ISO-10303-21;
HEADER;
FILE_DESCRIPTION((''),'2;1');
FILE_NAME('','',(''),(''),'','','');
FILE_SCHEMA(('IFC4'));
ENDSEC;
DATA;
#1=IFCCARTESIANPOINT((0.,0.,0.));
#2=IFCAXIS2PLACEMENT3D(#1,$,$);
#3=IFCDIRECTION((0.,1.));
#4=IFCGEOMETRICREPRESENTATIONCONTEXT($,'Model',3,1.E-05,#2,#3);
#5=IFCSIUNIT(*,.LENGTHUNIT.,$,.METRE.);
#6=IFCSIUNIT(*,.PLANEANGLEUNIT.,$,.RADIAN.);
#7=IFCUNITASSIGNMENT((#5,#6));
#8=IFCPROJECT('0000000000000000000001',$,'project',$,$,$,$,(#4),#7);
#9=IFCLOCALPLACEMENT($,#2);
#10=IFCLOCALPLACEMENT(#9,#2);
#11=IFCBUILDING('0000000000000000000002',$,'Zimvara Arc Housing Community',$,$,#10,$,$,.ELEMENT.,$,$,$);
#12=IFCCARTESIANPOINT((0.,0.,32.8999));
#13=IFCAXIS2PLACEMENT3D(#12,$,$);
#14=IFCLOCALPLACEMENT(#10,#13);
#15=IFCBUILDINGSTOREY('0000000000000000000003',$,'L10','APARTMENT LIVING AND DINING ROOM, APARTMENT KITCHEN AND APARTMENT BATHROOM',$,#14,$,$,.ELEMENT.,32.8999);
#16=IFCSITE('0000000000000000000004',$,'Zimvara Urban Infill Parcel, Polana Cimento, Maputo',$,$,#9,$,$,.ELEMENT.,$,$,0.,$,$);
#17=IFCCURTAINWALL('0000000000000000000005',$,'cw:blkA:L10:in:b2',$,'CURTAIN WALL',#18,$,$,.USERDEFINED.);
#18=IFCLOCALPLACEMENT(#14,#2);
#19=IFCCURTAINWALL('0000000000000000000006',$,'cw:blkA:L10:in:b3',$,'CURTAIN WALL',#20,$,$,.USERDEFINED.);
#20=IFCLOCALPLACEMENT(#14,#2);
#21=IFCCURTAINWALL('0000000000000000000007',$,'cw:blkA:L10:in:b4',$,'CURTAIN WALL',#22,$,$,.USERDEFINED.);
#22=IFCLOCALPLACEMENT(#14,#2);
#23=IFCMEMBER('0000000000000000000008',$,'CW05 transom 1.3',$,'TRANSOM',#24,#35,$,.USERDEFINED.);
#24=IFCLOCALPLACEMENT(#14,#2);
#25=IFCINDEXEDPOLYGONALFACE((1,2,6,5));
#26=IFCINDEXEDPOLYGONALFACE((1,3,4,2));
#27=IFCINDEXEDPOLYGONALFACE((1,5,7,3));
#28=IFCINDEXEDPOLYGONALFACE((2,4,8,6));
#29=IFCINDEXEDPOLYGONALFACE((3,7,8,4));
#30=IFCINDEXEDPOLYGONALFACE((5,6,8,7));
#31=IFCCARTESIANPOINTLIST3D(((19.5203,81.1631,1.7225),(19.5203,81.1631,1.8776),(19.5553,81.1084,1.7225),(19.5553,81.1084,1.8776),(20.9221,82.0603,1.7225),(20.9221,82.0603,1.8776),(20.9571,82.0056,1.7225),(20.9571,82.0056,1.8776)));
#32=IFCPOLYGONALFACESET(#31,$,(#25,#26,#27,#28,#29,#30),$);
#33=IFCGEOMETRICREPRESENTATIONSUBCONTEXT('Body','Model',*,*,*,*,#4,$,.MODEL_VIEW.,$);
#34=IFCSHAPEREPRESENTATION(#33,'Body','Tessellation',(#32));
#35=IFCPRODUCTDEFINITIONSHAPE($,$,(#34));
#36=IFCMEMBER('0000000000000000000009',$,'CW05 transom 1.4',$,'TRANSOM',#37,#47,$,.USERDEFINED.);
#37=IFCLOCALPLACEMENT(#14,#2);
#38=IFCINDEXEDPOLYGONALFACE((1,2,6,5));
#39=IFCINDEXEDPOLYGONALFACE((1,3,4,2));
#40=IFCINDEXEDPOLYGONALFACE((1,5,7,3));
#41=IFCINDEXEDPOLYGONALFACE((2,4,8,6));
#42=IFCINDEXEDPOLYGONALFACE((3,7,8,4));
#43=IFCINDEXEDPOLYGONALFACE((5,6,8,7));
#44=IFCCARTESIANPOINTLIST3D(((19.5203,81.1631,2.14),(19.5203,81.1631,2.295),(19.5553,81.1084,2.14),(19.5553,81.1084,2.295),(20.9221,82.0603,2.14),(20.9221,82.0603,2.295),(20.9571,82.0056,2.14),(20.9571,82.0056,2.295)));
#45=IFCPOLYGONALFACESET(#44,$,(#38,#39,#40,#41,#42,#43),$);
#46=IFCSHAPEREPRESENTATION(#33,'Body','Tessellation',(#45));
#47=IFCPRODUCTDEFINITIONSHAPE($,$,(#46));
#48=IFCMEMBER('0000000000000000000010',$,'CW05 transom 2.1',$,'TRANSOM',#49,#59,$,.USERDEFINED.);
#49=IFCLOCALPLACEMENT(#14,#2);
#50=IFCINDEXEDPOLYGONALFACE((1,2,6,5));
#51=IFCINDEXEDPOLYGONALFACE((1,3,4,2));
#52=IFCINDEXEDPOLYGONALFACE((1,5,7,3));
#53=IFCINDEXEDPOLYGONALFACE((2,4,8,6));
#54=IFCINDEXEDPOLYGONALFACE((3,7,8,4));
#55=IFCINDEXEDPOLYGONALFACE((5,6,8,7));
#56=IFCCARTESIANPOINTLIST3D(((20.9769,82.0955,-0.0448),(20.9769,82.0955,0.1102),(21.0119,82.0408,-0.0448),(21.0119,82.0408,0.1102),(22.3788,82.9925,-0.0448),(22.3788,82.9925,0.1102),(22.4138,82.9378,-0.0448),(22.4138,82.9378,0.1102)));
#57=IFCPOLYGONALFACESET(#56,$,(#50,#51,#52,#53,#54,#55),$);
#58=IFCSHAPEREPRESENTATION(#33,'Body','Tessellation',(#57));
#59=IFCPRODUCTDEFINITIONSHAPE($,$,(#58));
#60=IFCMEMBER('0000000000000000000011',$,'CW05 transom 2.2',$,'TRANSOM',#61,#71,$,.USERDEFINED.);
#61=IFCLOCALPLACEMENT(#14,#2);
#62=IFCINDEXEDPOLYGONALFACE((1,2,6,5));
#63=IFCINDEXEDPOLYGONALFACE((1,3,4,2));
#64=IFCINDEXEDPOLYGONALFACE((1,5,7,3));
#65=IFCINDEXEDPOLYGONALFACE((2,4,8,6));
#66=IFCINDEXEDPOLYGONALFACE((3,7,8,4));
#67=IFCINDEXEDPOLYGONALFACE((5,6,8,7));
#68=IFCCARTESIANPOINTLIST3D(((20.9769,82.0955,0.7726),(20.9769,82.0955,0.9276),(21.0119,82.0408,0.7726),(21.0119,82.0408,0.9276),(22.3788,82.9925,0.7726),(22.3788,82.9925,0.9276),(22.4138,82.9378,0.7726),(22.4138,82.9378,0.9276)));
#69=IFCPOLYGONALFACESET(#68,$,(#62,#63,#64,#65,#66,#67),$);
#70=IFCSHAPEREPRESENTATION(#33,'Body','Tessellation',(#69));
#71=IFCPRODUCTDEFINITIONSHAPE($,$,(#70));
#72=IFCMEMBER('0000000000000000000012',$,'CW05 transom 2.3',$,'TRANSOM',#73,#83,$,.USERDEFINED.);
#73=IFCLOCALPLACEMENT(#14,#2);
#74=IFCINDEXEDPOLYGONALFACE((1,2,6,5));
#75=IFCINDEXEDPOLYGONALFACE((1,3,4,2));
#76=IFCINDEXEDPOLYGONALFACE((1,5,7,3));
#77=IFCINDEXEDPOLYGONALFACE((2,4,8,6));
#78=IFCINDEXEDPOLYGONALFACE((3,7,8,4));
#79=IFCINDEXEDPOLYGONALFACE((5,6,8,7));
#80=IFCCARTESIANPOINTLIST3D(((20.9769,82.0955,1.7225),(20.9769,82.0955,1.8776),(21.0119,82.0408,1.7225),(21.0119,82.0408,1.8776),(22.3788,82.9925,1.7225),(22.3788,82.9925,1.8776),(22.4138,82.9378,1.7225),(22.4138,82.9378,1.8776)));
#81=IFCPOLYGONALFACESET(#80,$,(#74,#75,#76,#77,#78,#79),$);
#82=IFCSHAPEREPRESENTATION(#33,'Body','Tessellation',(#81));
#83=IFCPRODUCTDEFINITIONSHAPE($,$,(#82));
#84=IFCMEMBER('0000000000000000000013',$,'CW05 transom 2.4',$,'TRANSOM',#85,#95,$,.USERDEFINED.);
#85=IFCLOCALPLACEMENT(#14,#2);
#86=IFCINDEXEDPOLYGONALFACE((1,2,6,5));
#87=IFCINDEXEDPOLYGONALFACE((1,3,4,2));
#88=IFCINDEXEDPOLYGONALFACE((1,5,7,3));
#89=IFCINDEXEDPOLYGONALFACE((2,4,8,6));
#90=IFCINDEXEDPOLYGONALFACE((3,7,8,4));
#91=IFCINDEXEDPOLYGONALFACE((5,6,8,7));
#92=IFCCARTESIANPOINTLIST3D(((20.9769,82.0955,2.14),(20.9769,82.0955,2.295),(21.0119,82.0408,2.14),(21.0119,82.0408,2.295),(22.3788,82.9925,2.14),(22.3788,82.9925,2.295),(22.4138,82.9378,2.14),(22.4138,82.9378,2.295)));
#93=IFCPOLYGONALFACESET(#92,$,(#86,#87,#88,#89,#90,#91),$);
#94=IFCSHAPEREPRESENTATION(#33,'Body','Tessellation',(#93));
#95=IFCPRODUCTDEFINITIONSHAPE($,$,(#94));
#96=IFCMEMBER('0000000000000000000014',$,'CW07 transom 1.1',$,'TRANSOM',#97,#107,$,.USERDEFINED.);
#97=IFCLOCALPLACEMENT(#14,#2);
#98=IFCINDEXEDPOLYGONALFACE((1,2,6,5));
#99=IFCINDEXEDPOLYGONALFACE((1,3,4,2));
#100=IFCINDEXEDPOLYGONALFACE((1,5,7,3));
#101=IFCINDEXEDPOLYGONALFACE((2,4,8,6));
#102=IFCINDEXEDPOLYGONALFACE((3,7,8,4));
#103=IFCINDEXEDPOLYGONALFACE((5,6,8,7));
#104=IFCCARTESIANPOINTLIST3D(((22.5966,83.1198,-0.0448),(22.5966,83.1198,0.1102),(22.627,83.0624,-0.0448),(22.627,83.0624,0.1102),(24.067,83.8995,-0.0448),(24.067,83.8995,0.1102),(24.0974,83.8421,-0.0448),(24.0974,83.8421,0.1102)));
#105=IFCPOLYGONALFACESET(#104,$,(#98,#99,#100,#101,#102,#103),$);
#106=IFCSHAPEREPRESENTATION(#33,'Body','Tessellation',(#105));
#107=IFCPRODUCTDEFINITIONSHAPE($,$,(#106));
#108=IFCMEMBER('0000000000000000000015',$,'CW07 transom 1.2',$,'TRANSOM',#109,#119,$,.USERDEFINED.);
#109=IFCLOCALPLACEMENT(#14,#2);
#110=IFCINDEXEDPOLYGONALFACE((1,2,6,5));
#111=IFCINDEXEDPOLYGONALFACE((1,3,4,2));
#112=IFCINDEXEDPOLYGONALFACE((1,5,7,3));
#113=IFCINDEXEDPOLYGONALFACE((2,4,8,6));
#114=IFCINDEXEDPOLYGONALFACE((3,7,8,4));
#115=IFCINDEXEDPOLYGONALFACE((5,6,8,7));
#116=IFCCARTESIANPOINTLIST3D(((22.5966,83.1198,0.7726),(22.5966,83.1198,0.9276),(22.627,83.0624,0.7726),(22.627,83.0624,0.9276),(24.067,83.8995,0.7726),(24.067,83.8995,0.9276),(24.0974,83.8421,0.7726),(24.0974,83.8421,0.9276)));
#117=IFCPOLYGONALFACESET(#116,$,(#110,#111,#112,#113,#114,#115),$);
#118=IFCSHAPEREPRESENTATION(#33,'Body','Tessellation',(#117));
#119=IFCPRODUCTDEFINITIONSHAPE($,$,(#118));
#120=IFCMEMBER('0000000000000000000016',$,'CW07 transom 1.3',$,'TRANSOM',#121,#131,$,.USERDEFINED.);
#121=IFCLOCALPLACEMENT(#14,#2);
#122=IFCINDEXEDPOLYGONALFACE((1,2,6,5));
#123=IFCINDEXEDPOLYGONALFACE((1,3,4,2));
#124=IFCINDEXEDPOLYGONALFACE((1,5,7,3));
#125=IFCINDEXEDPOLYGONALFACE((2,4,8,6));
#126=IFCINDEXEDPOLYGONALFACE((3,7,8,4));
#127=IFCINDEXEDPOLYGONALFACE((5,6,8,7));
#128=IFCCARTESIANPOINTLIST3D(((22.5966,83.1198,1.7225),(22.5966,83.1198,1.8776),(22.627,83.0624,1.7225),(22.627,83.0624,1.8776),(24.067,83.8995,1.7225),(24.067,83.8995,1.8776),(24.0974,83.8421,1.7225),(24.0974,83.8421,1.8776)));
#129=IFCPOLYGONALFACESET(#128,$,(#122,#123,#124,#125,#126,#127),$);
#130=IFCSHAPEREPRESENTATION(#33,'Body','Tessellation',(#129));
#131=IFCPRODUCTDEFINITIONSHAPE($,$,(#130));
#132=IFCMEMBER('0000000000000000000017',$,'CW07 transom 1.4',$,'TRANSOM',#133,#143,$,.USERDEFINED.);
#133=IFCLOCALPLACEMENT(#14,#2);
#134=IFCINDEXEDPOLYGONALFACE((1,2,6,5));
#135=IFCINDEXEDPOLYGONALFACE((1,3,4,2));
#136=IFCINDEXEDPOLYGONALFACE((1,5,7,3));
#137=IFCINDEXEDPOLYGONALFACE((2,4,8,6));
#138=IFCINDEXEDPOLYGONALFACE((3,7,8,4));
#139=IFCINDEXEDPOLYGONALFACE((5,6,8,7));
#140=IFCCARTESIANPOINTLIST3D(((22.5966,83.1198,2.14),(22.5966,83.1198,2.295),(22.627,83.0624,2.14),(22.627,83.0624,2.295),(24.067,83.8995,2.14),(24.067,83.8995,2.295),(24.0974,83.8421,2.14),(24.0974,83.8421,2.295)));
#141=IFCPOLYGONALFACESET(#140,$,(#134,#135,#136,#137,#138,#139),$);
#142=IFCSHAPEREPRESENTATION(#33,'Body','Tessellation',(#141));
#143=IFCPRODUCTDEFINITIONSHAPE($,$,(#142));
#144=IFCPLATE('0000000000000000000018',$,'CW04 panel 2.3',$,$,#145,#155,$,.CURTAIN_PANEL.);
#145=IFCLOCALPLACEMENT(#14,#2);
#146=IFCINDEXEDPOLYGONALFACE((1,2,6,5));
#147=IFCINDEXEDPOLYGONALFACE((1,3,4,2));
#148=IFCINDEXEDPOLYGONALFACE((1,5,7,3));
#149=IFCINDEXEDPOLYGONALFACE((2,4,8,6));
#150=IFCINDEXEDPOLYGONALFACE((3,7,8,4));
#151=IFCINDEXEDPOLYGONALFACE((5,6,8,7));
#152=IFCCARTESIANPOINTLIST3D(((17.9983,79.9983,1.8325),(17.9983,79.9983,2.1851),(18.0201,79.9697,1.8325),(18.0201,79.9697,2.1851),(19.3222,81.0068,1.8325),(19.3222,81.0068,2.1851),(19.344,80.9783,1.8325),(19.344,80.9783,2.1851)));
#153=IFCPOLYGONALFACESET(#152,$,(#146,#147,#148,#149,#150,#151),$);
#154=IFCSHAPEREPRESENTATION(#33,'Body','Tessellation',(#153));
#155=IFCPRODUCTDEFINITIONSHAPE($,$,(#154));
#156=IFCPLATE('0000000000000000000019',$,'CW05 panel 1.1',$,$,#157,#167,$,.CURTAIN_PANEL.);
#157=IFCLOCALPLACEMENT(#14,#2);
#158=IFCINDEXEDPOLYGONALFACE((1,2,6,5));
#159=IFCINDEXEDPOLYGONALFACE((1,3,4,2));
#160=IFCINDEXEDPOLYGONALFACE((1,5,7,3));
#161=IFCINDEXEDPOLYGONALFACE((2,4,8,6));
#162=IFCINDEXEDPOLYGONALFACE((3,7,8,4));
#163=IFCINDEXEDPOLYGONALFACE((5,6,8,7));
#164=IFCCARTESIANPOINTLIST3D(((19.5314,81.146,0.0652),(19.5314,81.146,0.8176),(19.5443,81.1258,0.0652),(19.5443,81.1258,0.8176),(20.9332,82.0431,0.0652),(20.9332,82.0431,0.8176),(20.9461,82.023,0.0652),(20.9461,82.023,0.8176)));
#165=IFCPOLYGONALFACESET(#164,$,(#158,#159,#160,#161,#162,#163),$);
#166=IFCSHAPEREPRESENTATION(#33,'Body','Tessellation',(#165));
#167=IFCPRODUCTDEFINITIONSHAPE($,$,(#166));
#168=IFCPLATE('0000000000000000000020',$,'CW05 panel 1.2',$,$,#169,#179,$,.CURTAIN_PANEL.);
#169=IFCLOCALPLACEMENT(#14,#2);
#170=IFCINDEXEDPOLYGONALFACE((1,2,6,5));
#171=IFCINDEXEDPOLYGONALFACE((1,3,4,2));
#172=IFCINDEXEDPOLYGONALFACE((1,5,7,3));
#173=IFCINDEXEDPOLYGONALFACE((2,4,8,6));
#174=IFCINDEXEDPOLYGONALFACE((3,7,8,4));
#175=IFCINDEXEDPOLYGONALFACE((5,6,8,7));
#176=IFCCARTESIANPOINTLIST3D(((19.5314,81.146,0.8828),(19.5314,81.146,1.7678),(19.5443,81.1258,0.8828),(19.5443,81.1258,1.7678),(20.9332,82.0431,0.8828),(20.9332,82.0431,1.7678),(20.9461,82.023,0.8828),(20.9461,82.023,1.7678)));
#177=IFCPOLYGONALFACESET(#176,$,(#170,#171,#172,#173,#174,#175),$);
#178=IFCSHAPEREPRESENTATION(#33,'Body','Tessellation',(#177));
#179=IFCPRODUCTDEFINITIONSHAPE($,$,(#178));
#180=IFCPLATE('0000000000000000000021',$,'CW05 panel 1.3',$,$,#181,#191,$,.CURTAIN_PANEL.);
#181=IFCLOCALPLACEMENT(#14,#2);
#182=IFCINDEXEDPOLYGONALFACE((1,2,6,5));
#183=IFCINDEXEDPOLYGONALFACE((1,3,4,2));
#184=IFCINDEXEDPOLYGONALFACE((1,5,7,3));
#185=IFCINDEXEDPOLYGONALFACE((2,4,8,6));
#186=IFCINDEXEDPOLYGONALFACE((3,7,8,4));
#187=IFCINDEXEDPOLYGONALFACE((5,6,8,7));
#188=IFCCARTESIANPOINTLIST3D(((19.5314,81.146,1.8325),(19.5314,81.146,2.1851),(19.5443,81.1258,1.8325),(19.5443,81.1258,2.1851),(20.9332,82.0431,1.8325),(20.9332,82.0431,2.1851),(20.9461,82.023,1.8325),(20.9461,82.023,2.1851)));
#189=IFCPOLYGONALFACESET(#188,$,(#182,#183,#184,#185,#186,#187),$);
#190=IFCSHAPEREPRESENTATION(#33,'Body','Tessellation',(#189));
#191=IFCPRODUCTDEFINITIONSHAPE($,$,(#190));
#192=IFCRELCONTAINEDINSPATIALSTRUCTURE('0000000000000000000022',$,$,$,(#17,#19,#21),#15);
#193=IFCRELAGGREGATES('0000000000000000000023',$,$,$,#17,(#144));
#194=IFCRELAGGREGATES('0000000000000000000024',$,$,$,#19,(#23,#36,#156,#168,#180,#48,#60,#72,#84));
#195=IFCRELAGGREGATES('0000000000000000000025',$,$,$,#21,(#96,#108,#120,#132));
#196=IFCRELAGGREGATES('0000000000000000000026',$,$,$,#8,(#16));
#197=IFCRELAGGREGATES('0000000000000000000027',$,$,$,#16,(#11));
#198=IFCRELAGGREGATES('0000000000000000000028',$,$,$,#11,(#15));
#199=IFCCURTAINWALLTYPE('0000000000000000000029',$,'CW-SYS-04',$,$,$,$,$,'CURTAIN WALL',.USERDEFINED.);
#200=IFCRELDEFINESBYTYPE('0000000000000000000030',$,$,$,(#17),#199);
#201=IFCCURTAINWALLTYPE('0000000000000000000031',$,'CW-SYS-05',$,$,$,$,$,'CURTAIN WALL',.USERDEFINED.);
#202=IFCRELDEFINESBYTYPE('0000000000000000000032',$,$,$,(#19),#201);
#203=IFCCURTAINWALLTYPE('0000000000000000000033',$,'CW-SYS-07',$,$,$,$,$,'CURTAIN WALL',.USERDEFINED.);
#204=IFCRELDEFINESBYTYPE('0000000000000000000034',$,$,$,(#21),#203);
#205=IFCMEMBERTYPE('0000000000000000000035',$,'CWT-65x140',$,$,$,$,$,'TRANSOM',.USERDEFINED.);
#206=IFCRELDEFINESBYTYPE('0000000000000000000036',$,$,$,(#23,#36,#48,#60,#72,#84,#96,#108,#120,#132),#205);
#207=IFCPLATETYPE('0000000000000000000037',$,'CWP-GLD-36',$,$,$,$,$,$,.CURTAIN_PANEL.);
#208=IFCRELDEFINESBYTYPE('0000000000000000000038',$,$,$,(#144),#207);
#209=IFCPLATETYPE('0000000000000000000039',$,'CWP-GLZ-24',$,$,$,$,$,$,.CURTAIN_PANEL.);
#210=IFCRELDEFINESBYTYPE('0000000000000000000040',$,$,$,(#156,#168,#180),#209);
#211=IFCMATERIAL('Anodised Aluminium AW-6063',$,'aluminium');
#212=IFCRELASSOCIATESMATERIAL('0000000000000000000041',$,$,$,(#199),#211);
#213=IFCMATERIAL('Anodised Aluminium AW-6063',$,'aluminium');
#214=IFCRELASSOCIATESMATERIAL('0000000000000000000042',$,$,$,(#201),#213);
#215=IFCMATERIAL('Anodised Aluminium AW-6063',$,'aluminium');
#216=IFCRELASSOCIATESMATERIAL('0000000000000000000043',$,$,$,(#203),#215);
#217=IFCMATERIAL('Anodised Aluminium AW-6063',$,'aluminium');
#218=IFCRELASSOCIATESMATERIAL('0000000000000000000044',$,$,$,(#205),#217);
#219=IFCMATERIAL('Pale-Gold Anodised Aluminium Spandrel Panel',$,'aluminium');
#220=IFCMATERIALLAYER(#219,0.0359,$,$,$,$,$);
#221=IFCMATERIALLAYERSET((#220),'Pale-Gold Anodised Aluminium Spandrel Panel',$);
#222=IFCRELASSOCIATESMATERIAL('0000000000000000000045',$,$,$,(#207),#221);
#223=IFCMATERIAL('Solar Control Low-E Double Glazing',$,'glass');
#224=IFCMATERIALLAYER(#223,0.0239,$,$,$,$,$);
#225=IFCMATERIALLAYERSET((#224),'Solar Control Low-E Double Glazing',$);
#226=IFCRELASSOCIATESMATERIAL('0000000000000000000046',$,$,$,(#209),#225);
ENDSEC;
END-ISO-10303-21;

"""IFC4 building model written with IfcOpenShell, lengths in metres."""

from ifc_helpers import new_model, si_unit, direction, frame, origin, origin_2d, place, context, subcontext, project, spatial, rectangle, extrude, material, layer, layer_set, material_profile, profile_set, type_object, element, aggregate, save


model = new_model("IFC4")

# Units and contexts
model_context = context("Model", 3, precision=1e-05, world=origin(), true_north=direction((0.0, 1.0)))
body_context = subcontext(model_context, "Body", "Model", "MODEL_VIEW")
ifc_project = project(units=[si_unit("LENGTHUNIT", "METRE"), si_unit("PLANEANGLEUNIT", "RADIAN")], contexts=[model_context])

# Site, building, storey
site_placement = place(None, origin())
site = spatial("IfcSite", under=ifc_project, at=site_placement, Name="Zimvara Urban Infill Parcel, Polana Cimento, Maputo", CompositionType="ELEMENT", RefElevation=0.0)
building_placement = place(site_placement, origin())
building = spatial("IfcBuilding", under=site, at=building_placement, Name="Zimvara Arc Housing Community", CompositionType="ELEMENT")
storey_placement = place(building_placement, frame((0.0, 0.0, 32.8999)))
storey = spatial("IfcBuildingStorey", under=building, at=storey_placement, Name="L10", Description="APARTMENT LIVING AND DINING ROOM, APARTMENT KITCHEN AND APARTMENT BATHROOM", CompositionType="ELEMENT", Elevation=32.8999)

# Curtain wall
ifc_material_1 = material(Name="Anodised Aluminium AW-6063", Category="aluminium")
curtain_wall_type_1 = type_object("IfcCurtainWallType", Name="CW-SYS-04", ElementType="CURTAIN WALL", PredefinedType="USERDEFINED", material=ifc_material_1)
curtain_wall_1_placement = place(storey_placement, origin())
curtain_wall_1 = element("IfcCurtainWall", 1, at=curtain_wall_1_placement, inside=storey, type_object=curtain_wall_type_1, Name="cw:blkA:L10:in:b2", ObjectType="CURTAIN WALL", PredefinedType="USERDEFINED")

# Curtain wall
ifc_material_2 = material(Name="Anodised Aluminium AW-6063", Category="aluminium")
curtain_wall_type_2 = type_object("IfcCurtainWallType", Name="CW-SYS-05", ElementType="CURTAIN WALL", PredefinedType="USERDEFINED", material=ifc_material_2)
curtain_wall_2_placement = place(storey_placement, origin())
curtain_wall_2 = element("IfcCurtainWall", 2, at=curtain_wall_2_placement, inside=storey, type_object=curtain_wall_type_2, Name="cw:blkA:L10:in:b3", ObjectType="CURTAIN WALL", PredefinedType="USERDEFINED")

# Curtain wall
ifc_material_3 = material(Name="Anodised Aluminium AW-6063", Category="aluminium")
curtain_wall_type_3 = type_object("IfcCurtainWallType", Name="CW-SYS-07", ElementType="CURTAIN WALL", PredefinedType="USERDEFINED", material=ifc_material_3)
curtain_wall_3_placement = place(storey_placement, origin())
curtain_wall_3 = element("IfcCurtainWall", 3, at=curtain_wall_3_placement, inside=storey, type_object=curtain_wall_type_3, Name="cw:blkA:L10:in:b4", ObjectType="CURTAIN WALL", PredefinedType="USERDEFINED")

# Members
ifc_material_4 = material(Name="Anodised Aluminium AW-6063", Category="aluminium")
ifc_material_profile_1 = material_profile(ifc_material_4, rectangle(XDim=0.0649, YDim=0.155, at=origin_2d()), Name="ALU 65x155")
ifc_profile_set_1 = profile_set([ifc_material_profile_1], Name="Anodised Aluminium AW-6063")
member_type_1 = type_object("IfcMemberType", Name="CWT-65x140", ElementType="TRANSOM", PredefinedType="USERDEFINED", material=ifc_profile_set_1)
member_1_placement = place(storey_placement, frame((19.5378, 81.1357, 1.8), z_axis=(0.842263, 0.539066, 0.0), x_axis=(-0.539066, 0.842263, 0.0)))
member_1 = element("IfcMember", 4, at=member_1_placement, type_object=member_type_1, Name="CW05 transom 1.3", ObjectType="TRANSOM", PredefinedType="USERDEFINED", context=body_context, shape_type="SweptSolid", body=[
    extrude(rectangle(XDim=0.0649, YDim=0.155, at=origin_2d()), origin(), (0.0, 0.0, 1.0), 1.6643),
])
member_2_placement = place(storey_placement, frame((19.5378, 81.1357, 2.2175), z_axis=(0.842263, 0.539066, 0.0), x_axis=(-0.539066, 0.842263, 0.0)))
member_2 = element("IfcMember", 5, at=member_2_placement, type_object=member_type_1, Name="CW05 transom 1.4", ObjectType="TRANSOM", PredefinedType="USERDEFINED", context=body_context, shape_type="SweptSolid", body=[
    extrude(rectangle(XDim=0.0649, YDim=0.155, at=origin_2d()), origin(), (0.0, 0.0, 1.0), 1.6643),
])
member_3_placement = place(storey_placement, frame((20.9944, 82.0681, 0.0327), z_axis=(0.84233, 0.538962, 0.0), x_axis=(-0.538962, 0.84233, 0.0)))
member_3 = element("IfcMember", 6, at=member_3_placement, type_object=member_type_1, Name="CW05 transom 2.1", ObjectType="TRANSOM", PredefinedType="USERDEFINED", context=body_context, shape_type="SweptSolid", body=[
    extrude(rectangle(XDim=0.0649, YDim=0.155, at=origin_2d()), origin(), (0.0, 0.0, 1.0), 1.6643),
])
member_4_placement = place(storey_placement, frame((20.9944, 82.0681, 0.8501), z_axis=(0.84233, 0.538962, 0.0), x_axis=(-0.538962, 0.84233, 0.0)))
member_4 = element("IfcMember", 7, at=member_4_placement, type_object=member_type_1, Name="CW05 transom 2.2", ObjectType="TRANSOM", PredefinedType="USERDEFINED", context=body_context, shape_type="SweptSolid", body=[
    extrude(rectangle(XDim=0.0649, YDim=0.155, at=origin_2d()), origin(), (0.0, 0.0, 1.0), 1.6643),
])
member_5_placement = place(storey_placement, frame((20.9944, 82.0681, 1.8), z_axis=(0.84233, 0.538962, 0.0), x_axis=(-0.538962, 0.84233, 0.0)))
member_5 = element("IfcMember", 8, at=member_5_placement, type_object=member_type_1, Name="CW05 transom 2.3", ObjectType="TRANSOM", PredefinedType="USERDEFINED", context=body_context, shape_type="SweptSolid", body=[
    extrude(rectangle(XDim=0.0649, YDim=0.155, at=origin_2d()), origin(), (0.0, 0.0, 1.0), 1.6643),
])
member_6_placement = place(storey_placement, frame((20.9944, 82.0681, 2.2175), z_axis=(0.84233, 0.538962, 0.0), x_axis=(-0.538962, 0.84233, 0.0)))
member_6 = element("IfcMember", 9, at=member_6_placement, type_object=member_type_1, Name="CW05 transom 2.4", ObjectType="TRANSOM", PredefinedType="USERDEFINED", context=body_context, shape_type="SweptSolid", body=[
    extrude(rectangle(XDim=0.0649, YDim=0.155, at=origin_2d()), origin(), (0.0, 0.0, 1.0), 1.6643),
])
member_7_placement = place(storey_placement, frame((22.6118, 83.0911, 0.0327), z_axis=(0.883463, 0.468501, 0.0), x_axis=(-0.468501, 0.883463, 0.0)))
member_7 = element("IfcMember", 10, at=member_7_placement, type_object=member_type_1, Name="CW07 transom 1.1", ObjectType="TRANSOM", PredefinedType="USERDEFINED", context=body_context, shape_type="SweptSolid", body=[
    extrude(rectangle(XDim=0.0649, YDim=0.155, at=origin_2d()), origin(), (0.0, 0.0, 1.0), 1.6643),
])
member_8_placement = place(storey_placement, frame((22.6118, 83.0911, 0.8501), z_axis=(0.883463, 0.468501, 0.0), x_axis=(-0.468501, 0.883463, 0.0)))
member_8 = element("IfcMember", 11, at=member_8_placement, type_object=member_type_1, Name="CW07 transom 1.2", ObjectType="TRANSOM", PredefinedType="USERDEFINED", context=body_context, shape_type="SweptSolid", body=[
    extrude(rectangle(XDim=0.0649, YDim=0.155, at=origin_2d()), origin(), (0.0, 0.0, 1.0), 1.6643),
])
member_9_placement = place(storey_placement, frame((22.6118, 83.0911, 1.8), z_axis=(0.883463, 0.468501, 0.0), x_axis=(-0.468501, 0.883463, 0.0)))
member_9 = element("IfcMember", 12, at=member_9_placement, type_object=member_type_1, Name="CW07 transom 1.3", ObjectType="TRANSOM", PredefinedType="USERDEFINED", context=body_context, shape_type="SweptSolid", body=[
    extrude(rectangle(XDim=0.0649, YDim=0.155, at=origin_2d()), origin(), (0.0, 0.0, 1.0), 1.6643),
])
member_10_placement = place(storey_placement, frame((22.6118, 83.0911, 2.2175), z_axis=(0.883463, 0.468501, 0.0), x_axis=(-0.468501, 0.883463, 0.0)))
member_10 = element("IfcMember", 13, at=member_10_placement, type_object=member_type_1, Name="CW07 transom 1.4", ObjectType="TRANSOM", PredefinedType="USERDEFINED", context=body_context, shape_type="SweptSolid", body=[
    extrude(rectangle(XDim=0.0649, YDim=0.155, at=origin_2d()), origin(), (0.0, 0.0, 1.0), 1.6643),
])

# Plates
ifc_material_5 = material(Name="Pale-Gold Anodised Aluminium Spandrel Panel", Category="aluminium")
ifc_layer_1 = layer(ifc_material_5, 0.0359)
ifc_layer_set_1 = layer_set([ifc_layer_1], Name="Pale-Gold Anodised Aluminium Spandrel Panel")
plate_type_1 = type_object("IfcPlateType", Name="CWP-GLD-36", PredefinedType="CURTAIN_PANEL", material=ifc_layer_set_1)
plate_1_placement = place(storey_placement, frame((18.6711, 80.4883, 1.8325), z_axis=(0.0, 0.0, 1.0), x_axis=(0.795474, 0.605988, 0.0)))
plate_1 = element("IfcPlate", 14, at=plate_1_placement, type_object=plate_type_1, Name="CW04 panel 2.3", PredefinedType="CURTAIN_PANEL", context=body_context, shape_type="SweptSolid", body=[
    extrude(rectangle(XDim=1.6643, YDim=0.0359, at=origin_2d()), origin(), (0.0, 0.0, 1.0), 0.3525),
])
aggregate(curtain_wall_1, [plate_1])
ifc_material_6 = material(Name="Solar Control Low-E Double Glazing", Category="glass")
ifc_layer_2 = layer(ifc_material_6, 0.0239)
ifc_layer_set_2 = layer_set([ifc_layer_2], Name="Solar Control Low-E Double Glazing")
plate_type_2 = type_object("IfcPlateType", Name="CWP-GLZ-24", PredefinedType="CURTAIN_PANEL", material=ifc_layer_set_2)
plate_2_placement = place(storey_placement, frame((20.2388, 81.5845, 0.0652), z_axis=(0.0, 0.0, 1.0), x_axis=(0.842265, 0.539064, 0.0)))
plate_2 = element("IfcPlate", 15, at=plate_2_placement, type_object=plate_type_2, Name="CW05 panel 1.1", PredefinedType="CURTAIN_PANEL", context=body_context, shape_type="SweptSolid", body=[
    extrude(rectangle(XDim=1.6643, YDim=0.0239, at=origin_2d()), origin(), (0.0, 0.0, 1.0), 0.7524),
])
plate_3_placement = place(storey_placement, frame((20.2388, 81.5845, 0.8828), z_axis=(0.0, 0.0, 1.0), x_axis=(0.842265, 0.539064, 0.0)))
plate_3 = element("IfcPlate", 16, at=plate_3_placement, type_object=plate_type_2, Name="CW05 panel 1.2", PredefinedType="CURTAIN_PANEL", context=body_context, shape_type="SweptSolid", body=[
    extrude(rectangle(XDim=1.6643, YDim=0.0239, at=origin_2d()), origin(), (0.0, 0.0, 1.0), 0.885),
])
plate_4_placement = place(storey_placement, frame((20.2388, 81.5845, 1.8325), z_axis=(0.0, 0.0, 1.0), x_axis=(0.842265, 0.539064, 0.0)))
plate_4 = element("IfcPlate", 17, at=plate_4_placement, type_object=plate_type_2, Name="CW05 panel 1.3", PredefinedType="CURTAIN_PANEL", context=body_context, shape_type="SweptSolid", body=[
    extrude(rectangle(XDim=1.6643, YDim=0.0239, at=origin_2d()), origin(), (0.0, 0.0, 1.0), 0.3525),
])
aggregate(curtain_wall_2, [member_1, member_2, plate_2, plate_3, plate_4, member_3, member_4, member_5, member_6])
aggregate(curtain_wall_3, [member_7, member_8, member_9, member_10])

save(model, "model.ifc")
